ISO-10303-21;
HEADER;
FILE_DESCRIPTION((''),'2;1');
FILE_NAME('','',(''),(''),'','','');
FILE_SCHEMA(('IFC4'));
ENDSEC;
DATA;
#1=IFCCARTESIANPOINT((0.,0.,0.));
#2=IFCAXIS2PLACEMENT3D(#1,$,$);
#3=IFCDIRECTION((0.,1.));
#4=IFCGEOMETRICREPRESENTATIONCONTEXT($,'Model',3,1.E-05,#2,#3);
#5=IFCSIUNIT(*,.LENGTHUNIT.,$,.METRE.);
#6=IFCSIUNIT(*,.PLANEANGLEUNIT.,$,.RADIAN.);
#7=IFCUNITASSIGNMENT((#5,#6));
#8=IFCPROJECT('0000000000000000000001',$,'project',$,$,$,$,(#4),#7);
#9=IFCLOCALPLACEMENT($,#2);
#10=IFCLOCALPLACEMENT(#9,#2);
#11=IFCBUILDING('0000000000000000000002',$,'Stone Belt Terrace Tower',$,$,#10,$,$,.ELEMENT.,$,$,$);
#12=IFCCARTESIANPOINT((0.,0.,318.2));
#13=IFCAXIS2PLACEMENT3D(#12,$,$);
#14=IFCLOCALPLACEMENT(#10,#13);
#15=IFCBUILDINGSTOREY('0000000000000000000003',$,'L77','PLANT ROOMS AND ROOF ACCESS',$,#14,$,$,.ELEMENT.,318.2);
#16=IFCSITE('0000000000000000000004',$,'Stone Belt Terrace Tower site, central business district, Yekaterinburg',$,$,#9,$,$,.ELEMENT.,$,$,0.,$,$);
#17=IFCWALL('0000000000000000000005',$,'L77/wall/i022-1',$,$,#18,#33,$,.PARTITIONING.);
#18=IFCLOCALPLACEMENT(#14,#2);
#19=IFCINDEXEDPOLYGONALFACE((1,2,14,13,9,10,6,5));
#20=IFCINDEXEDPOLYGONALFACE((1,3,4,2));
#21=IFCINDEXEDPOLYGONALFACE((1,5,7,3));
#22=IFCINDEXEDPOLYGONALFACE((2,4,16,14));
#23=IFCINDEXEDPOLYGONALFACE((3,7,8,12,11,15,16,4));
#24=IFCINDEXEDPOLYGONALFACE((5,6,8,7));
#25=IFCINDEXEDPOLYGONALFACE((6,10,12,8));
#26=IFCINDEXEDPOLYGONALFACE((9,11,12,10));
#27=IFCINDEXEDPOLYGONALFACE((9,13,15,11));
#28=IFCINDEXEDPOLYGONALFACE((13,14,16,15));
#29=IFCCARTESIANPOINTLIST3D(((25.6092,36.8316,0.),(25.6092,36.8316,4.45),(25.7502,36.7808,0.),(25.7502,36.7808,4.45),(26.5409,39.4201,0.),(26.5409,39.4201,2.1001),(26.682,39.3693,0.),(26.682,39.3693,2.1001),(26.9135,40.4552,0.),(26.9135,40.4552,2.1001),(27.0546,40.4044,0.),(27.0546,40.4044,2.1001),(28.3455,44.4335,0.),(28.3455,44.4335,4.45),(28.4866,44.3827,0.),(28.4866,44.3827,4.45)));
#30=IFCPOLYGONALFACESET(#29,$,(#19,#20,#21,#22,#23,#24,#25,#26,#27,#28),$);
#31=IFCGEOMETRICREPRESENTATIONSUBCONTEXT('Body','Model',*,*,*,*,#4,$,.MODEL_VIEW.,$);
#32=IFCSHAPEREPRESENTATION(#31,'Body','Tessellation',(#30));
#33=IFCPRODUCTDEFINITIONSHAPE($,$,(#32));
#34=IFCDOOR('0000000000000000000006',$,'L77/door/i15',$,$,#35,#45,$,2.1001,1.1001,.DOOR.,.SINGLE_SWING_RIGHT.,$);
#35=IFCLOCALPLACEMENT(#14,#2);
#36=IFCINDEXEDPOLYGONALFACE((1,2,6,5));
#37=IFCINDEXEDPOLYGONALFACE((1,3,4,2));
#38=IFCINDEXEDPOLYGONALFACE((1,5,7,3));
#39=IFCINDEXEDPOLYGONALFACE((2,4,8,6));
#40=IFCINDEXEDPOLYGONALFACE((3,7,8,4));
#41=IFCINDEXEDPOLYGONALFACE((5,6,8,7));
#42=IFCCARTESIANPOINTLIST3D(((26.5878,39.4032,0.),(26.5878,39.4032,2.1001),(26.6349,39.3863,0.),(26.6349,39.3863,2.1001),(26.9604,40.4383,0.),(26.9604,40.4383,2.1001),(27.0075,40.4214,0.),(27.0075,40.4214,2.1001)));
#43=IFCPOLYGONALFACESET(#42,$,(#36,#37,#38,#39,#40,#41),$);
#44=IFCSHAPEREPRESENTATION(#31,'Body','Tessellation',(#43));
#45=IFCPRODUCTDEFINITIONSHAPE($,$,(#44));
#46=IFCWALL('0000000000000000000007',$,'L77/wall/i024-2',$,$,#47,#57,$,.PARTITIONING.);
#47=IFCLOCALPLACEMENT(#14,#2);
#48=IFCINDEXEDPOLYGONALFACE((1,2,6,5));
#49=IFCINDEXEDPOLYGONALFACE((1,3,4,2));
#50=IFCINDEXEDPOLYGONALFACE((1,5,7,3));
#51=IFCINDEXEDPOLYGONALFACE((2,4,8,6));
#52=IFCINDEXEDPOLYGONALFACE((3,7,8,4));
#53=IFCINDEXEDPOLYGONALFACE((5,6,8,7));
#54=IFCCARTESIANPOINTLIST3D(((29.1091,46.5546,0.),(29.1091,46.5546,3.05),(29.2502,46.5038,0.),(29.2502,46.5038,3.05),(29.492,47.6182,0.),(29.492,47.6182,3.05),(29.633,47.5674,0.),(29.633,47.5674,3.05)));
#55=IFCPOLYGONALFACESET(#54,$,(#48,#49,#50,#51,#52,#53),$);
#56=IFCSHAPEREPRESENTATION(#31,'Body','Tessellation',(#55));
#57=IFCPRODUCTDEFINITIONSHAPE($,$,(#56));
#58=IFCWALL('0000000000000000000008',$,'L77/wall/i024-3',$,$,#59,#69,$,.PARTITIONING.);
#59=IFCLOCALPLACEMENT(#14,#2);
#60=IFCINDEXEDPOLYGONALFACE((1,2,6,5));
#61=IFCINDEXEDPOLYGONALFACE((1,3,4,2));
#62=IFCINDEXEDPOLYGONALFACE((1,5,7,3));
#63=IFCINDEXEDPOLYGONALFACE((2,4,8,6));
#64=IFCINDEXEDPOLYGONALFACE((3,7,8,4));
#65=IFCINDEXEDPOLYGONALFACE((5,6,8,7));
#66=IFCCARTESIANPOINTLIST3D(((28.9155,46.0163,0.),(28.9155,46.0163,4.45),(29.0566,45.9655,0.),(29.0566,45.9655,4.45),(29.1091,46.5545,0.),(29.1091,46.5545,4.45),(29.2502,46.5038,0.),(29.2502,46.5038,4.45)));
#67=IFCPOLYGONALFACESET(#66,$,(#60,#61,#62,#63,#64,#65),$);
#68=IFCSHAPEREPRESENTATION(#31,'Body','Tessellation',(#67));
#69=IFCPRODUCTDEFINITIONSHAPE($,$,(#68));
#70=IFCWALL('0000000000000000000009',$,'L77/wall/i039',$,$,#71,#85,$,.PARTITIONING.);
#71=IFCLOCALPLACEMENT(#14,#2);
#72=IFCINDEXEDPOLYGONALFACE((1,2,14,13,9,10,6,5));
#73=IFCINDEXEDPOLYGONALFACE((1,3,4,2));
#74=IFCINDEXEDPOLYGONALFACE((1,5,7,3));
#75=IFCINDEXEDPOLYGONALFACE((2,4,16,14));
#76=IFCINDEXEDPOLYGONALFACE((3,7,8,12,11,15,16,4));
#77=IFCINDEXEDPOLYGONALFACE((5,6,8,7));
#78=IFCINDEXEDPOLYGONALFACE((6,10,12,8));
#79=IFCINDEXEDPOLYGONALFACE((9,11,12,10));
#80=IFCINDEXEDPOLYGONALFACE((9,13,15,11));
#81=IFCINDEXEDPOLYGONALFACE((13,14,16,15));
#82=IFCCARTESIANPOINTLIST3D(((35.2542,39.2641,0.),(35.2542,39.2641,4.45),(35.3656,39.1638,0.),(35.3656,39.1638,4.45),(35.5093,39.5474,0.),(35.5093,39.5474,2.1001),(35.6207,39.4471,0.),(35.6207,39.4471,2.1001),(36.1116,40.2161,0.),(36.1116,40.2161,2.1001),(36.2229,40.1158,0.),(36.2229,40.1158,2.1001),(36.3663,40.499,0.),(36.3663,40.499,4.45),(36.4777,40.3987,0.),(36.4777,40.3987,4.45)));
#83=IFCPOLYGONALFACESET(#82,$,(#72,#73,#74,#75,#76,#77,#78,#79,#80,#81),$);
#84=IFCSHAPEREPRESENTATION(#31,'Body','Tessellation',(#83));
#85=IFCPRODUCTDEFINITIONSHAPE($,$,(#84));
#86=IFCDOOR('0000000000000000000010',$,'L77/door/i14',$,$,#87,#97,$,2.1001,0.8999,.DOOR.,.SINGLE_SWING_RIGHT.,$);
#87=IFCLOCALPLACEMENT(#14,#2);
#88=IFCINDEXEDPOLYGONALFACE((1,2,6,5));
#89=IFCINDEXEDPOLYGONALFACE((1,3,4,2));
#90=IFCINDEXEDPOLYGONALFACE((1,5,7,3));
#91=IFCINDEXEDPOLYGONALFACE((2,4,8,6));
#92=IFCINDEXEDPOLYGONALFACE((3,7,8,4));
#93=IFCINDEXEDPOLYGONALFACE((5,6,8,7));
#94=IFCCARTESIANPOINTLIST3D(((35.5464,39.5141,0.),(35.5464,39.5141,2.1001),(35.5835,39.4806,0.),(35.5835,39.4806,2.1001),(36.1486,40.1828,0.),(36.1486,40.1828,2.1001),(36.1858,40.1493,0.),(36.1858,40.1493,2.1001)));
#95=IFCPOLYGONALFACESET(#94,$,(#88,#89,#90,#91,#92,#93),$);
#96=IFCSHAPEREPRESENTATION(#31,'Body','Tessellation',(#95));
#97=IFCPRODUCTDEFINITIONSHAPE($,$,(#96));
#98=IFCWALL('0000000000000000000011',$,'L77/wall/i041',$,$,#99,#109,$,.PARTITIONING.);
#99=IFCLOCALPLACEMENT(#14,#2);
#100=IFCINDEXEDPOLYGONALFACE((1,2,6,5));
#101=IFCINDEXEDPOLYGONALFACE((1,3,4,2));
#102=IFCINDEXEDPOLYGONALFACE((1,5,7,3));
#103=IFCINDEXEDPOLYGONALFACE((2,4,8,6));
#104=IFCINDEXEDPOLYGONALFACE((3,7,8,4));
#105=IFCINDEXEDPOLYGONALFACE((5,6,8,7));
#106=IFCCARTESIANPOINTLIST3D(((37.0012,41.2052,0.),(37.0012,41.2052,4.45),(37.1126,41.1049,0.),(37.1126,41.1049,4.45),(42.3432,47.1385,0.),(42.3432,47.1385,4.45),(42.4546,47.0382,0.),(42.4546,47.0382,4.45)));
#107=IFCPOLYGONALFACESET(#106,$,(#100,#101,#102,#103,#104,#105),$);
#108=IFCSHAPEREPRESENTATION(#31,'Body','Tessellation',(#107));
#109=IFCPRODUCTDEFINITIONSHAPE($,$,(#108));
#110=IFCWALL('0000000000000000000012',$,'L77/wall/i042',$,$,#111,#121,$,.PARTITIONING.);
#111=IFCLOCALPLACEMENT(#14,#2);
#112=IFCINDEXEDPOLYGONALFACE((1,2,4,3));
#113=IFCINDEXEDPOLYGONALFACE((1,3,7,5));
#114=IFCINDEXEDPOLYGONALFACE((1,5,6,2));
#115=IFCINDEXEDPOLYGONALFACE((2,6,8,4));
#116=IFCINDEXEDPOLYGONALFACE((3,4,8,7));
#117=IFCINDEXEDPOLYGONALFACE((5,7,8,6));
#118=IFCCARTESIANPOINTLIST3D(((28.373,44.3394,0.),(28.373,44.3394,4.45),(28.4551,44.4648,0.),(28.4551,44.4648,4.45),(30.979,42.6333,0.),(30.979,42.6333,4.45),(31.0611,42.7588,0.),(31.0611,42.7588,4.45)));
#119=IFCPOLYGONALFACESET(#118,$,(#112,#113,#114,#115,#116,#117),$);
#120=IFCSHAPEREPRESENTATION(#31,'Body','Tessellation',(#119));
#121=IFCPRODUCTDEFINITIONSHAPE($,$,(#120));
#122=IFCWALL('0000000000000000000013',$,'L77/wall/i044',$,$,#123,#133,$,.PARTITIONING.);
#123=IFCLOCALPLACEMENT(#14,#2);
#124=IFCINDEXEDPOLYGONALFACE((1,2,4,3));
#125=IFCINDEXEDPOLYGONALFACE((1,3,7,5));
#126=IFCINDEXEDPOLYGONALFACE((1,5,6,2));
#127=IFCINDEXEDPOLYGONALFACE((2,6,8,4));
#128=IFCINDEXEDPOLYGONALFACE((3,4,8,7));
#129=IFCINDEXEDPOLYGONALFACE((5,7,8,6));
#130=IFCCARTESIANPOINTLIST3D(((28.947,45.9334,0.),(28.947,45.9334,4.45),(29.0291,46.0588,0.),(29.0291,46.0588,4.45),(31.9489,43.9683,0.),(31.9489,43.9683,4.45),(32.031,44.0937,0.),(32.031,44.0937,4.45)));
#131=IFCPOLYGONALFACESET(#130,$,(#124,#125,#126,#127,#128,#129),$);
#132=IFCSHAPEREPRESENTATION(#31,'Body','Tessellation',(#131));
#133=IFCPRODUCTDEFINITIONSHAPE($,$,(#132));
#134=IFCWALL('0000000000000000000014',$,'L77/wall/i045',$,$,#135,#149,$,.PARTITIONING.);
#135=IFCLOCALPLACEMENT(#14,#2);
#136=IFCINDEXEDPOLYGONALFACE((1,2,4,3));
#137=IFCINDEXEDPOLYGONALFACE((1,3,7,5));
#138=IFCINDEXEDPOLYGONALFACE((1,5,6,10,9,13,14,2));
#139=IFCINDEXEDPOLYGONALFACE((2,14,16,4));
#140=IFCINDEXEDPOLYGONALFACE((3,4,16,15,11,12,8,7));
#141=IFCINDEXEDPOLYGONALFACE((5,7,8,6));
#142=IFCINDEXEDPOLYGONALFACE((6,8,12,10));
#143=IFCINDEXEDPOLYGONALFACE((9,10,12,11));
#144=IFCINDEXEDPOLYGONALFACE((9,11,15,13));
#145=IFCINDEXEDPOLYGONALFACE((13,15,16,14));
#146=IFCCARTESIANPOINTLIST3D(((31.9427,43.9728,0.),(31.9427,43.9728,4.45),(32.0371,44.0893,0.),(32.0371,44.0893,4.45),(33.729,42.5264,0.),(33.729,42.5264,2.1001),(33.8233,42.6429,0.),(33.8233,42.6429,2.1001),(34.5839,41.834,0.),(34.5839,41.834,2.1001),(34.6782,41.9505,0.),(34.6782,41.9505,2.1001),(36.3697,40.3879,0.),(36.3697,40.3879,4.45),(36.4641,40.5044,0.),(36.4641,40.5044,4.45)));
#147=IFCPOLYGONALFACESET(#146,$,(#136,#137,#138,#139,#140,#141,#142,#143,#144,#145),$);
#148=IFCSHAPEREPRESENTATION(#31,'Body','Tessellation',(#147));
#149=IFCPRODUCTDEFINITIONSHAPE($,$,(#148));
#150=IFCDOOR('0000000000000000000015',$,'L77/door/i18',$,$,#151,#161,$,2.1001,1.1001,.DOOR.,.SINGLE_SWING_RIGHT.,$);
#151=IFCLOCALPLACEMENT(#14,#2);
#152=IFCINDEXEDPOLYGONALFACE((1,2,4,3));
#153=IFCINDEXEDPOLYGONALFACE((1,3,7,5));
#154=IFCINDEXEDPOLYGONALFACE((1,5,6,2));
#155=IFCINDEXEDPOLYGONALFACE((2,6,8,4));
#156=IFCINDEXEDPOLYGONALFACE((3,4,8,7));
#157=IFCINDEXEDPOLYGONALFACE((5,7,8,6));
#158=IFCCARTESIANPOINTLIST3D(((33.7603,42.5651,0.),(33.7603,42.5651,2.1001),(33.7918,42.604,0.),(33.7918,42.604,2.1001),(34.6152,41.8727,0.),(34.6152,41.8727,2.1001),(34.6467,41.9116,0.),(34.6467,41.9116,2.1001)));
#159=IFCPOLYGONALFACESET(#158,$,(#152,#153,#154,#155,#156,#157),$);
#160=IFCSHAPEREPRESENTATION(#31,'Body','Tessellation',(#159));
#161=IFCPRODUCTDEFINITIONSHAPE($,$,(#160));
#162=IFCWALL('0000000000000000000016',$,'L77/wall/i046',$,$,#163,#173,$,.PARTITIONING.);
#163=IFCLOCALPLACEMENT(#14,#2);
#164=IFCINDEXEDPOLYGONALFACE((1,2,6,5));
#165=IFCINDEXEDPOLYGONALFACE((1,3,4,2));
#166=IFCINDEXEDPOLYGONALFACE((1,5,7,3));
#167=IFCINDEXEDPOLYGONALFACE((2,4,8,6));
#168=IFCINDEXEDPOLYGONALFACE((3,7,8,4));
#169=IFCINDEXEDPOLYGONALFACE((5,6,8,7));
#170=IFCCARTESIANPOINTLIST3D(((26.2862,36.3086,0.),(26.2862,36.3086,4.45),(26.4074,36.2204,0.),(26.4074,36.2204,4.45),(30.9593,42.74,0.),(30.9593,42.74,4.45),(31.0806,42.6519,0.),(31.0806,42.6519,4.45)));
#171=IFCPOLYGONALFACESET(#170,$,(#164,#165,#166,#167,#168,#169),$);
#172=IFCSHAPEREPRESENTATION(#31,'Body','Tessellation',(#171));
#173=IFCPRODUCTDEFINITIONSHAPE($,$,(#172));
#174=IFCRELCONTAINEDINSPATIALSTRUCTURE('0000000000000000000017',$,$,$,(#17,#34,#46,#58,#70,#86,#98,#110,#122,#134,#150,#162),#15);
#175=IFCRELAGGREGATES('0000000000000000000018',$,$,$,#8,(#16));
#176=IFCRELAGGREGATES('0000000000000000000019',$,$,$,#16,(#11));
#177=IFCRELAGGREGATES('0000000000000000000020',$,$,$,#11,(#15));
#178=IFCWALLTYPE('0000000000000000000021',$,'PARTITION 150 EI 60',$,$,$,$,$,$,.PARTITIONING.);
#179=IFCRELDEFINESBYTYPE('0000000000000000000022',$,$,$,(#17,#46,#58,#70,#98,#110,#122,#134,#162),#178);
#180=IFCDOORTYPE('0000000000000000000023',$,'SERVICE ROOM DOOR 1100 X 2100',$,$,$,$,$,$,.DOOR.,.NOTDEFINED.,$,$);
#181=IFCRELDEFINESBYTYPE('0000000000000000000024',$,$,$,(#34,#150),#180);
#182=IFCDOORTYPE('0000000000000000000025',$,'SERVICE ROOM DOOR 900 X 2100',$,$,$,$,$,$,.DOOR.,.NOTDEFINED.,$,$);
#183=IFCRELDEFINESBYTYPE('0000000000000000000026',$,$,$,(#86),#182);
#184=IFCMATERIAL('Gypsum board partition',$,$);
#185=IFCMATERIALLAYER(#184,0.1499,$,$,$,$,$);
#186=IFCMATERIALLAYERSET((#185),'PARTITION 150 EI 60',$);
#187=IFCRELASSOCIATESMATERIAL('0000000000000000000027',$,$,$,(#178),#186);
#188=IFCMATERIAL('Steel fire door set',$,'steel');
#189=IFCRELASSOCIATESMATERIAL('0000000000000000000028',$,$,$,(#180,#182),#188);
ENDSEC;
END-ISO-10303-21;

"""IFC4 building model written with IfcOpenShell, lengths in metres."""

from ifc_helpers import new_model, si_unit, direction, frame, frame_2d, origin, place, context, subcontext, project, spatial, rectangle, extrude, material, layer, layer_set, type_object, element, fill, save


model = new_model("IFC4")

# Units and contexts
model_context = context("Model", 3, precision=1e-05, world=origin(), true_north=direction((0.0, 1.0)))
body_context = subcontext(model_context, "Body", "Model", "MODEL_VIEW")
ifc_project = project(units=[si_unit("LENGTHUNIT", "METRE"), si_unit("PLANEANGLEUNIT", "RADIAN")], contexts=[model_context])

# Site, building, storey
site_placement = place(None, origin())
site = spatial("IfcSite", under=ifc_project, at=site_placement, Name="Stone Belt Terrace Tower site, central business district, Yekaterinburg", CompositionType="ELEMENT", RefElevation=0.0)
building_placement = place(site_placement, origin())
building = spatial("IfcBuilding", under=site, at=building_placement, Name="Stone Belt Terrace Tower", CompositionType="ELEMENT")
storey_placement = place(building_placement, frame((0.0, 0.0, 318.2)))
storey = spatial("IfcBuildingStorey", under=building, at=storey_placement, Name="L77", Description="PLANT ROOMS AND ROOF ACCESS", CompositionType="ELEMENT", Elevation=318.2)

# Wall, opening, door
ifc_material_1 = material(Name="Gypsum board partition")
ifc_layer_1 = layer(ifc_material_1, 0.1499)
ifc_layer_set_1 = layer_set([ifc_layer_1], Name="PARTITION 150 EI 60")
wall_type_1 = type_object("IfcWallType", Name="PARTITION 150 EI 60", PredefinedType="PARTITIONING", material=ifc_layer_set_1)
wall_1_placement = place(storey_placement, frame((28.416, 44.408, 0.0), z_axis=(0.0, 0.0, 1.0), x_axis=(-0.338684, -0.9409, 0.0)))
wall_1 = element("IfcWall", 1, at=wall_1_placement, inside=storey, type_object=wall_type_1, Name="L77/wall/i022-1", PredefinedType="PARTITIONING", context=body_context, shape_type="SweptSolid", body=[
    extrude(rectangle(XDim=8.0793, YDim=0.1499, at=frame_2d((4.0396, 0.0))), origin(), (0.0, 0.0, 1.0), 4.45),
])
opening_1_placement = place(wall_1_placement, frame((4.228, 0.0, 0.0)))
opening_1 = element("IfcOpeningElement", 2, at=opening_1_placement, cuts=wall_1, PredefinedType="OPENING", context=body_context, shape_type="SweptSolid", body=[
    extrude(rectangle(XDim=1.1001, YDim=2.1001, at=frame_2d((0.55, 1.05))), frame((0.0, 0.085, 0.0), z_axis=(0.0, -1.0, 0.0), x_axis=(1.0, 0.0, 0.0)), (0.0, 0.0, 1.0), 0.1699),
])
ifc_material_2 = material(Name="Steel fire door set", Category="steel")
door_type_1 = type_object("IfcDoorType", Name="SERVICE ROOM DOOR 1100 X 2100", OperationType="NOTDEFINED", PredefinedType="DOOR", material=ifc_material_2)
door_1_placement = place(opening_1_placement, origin())
door_1 = element("IfcDoor", 3, at=door_1_placement, inside=storey, type_object=door_type_1, Name="L77/door/i15", OperationType="SINGLE_SWING_RIGHT", OverallHeight=2.1001, OverallWidth=1.1001, PredefinedType="DOOR", context=body_context, shape_type="SweptSolid", body=[
    extrude(rectangle(XDim=1.1001, YDim=2.1001, at=frame_2d((0.55, 1.05))), frame((0.0, 0.0249, 0.0), z_axis=(0.0, -1.0, 0.0), x_axis=(1.0, 0.0, 0.0)), (0.0, 0.0, 1.0), 0.05),
])
fill(opening_1, door_1)

# Walls
wall_2_placement = place(storey_placement, frame((29.5625, 47.5928, 0.0), z_axis=(0.0, 0.0, 1.0), x_axis=(-0.338689, -0.940898, 0.0)))
element("IfcWall", 4, at=wall_2_placement, inside=storey, type_object=wall_type_1, Name="L77/wall/i024-2", PredefinedType="PARTITIONING", context=body_context, shape_type="SweptSolid", body=[
    extrude(rectangle(XDim=1.1304, YDim=0.1499, at=frame_2d((0.5652, 0.0))), origin(), (0.0, 0.0, 1.0), 3.05),
])
wall_3_placement = place(storey_placement, frame((29.1797, 46.5293, 0.0), z_axis=(0.0, 0.0, 1.0), x_axis=(-0.338417, -0.940996, 0.0)))
element("IfcWall", 5, at=wall_3_placement, inside=storey, type_object=wall_type_1, Name="L77/wall/i024-3", PredefinedType="PARTITIONING", context=body_context, shape_type="SweptSolid", body=[
    extrude(rectangle(XDim=0.572, YDim=0.1499, at=frame_2d((0.2861, 0.0))), origin(), (0.0, 0.0, 1.0), 4.45),
])

# Wall, opening, door
wall_4_placement = place(storey_placement, frame((36.4221, 40.449, 0.0), z_axis=(0.0, 0.0, 1.0), x_axis=(-0.669192, -0.74309, 0.0)))
wall_4 = element("IfcWall", 6, at=wall_4_placement, inside=storey, type_object=wall_type_1, Name="L77/wall/i039", PredefinedType="PARTITIONING", context=body_context, shape_type="SweptSolid", body=[
    extrude(rectangle(XDim=1.6619, YDim=0.1499, at=frame_2d((0.8311, 0.0))), origin(), (0.0, 0.0, 1.0), 4.45),
])
opening_2_placement = place(wall_4_placement, frame((0.3809, 0.0, 0.0)))
opening_2 = element("IfcOpeningElement", 7, at=opening_2_placement, cuts=wall_4, PredefinedType="OPENING", context=body_context, shape_type="SweptSolid", body=[
    extrude(rectangle(XDim=0.8999, YDim=2.1001, at=frame_2d((0.45, 1.05))), frame((0.0, 0.085, 0.0), z_axis=(0.0, -1.0, 0.0), x_axis=(1.0, 0.0, 0.0)), (0.0, 0.0, 1.0), 0.1699),
])
door_type_2 = type_object("IfcDoorType", Name="SERVICE ROOM DOOR 900 X 2100", OperationType="NOTDEFINED", PredefinedType="DOOR", material=ifc_material_2)
door_2_placement = place(opening_2_placement, origin())
door_2 = element("IfcDoor", 8, at=door_2_placement, inside=storey, type_object=door_type_2, Name="L77/door/i14", OperationType="SINGLE_SWING_RIGHT", OverallHeight=2.1001, OverallWidth=0.8999, PredefinedType="DOOR", context=body_context, shape_type="SweptSolid", body=[
    extrude(rectangle(XDim=0.8999, YDim=2.1001, at=frame_2d((0.45, 1.05))), frame((0.0, 0.0249, 0.0), z_axis=(0.0, -1.0, 0.0), x_axis=(1.0, 0.0, 0.0)), (0.0, 0.0, 1.0), 0.05),
])
fill(opening_2, door_2)

# Walls
wall_5_placement = place(storey_placement, frame((37.0569, 41.155, 0.0), z_axis=(0.0, 0.0, 1.0), x_axis=(0.669105, 0.743168, 0.0)))
element("IfcWall", 9, at=wall_5_placement, inside=storey, type_object=wall_type_1, Name="L77/wall/i041", PredefinedType="PARTITIONING", context=body_context, shape_type="SweptSolid", body=[
    extrude(rectangle(XDim=7.9839, YDim=0.1499, at=frame_2d((3.9919, 0.0))), origin(), (0.0, 0.0, 1.0), 4.45),
])
wall_6_placement = place(storey_placement, frame((31.02, 42.696, 0.0), z_axis=(0.0, 0.0, 1.0), x_axis=(-0.836652, 0.547735, 0.0)))
element("IfcWall", 10, at=wall_6_placement, inside=storey, type_object=wall_type_1, Name="L77/wall/i042", PredefinedType="PARTITIONING", context=body_context, shape_type="SweptSolid", body=[
    extrude(rectangle(XDim=3.1147, YDim=0.1499, at=frame_2d((1.5574, 0.0))), origin(), (0.0, 0.0, 1.0), 4.45),
])
wall_7_placement = place(storey_placement, frame((28.988, 45.9961, 0.0), z_axis=(0.0, 0.0, 1.0), x_axis=(0.836679, -0.547693, 0.0)))
element("IfcWall", 11, at=wall_7_placement, inside=storey, type_object=wall_type_1, Name="L77/wall/i044", PredefinedType="PARTITIONING", context=body_context, shape_type="SweptSolid", body=[
    extrude(rectangle(XDim=3.5879, YDim=0.1499, at=frame_2d((1.7939, 0.0))), origin(), (0.0, 0.0, 1.0), 4.45),
])

# Wall, opening, door
wall_8_placement = place(storey_placement, frame((31.99, 44.031, 0.0), z_axis=(0.0, 0.0, 1.0), x_axis=(0.777142, -0.629325, 0.0)))
wall_8 = element("IfcWall", 12, at=wall_8_placement, inside=storey, type_object=wall_type_1, Name="L77/wall/i045", PredefinedType="PARTITIONING", context=body_context, shape_type="SweptSolid", body=[
    extrude(rectangle(XDim=5.6965, YDim=0.1499, at=frame_2d((2.8481, 0.0))), origin(), (0.0, 0.0, 1.0), 4.45),
])
opening_3_placement = place(wall_8_placement, frame((2.2983, 0.0, 0.0)))
opening_3 = element("IfcOpeningElement", 13, at=opening_3_placement, cuts=wall_8, PredefinedType="OPENING", context=body_context, shape_type="SweptSolid", body=[
    extrude(rectangle(XDim=1.1001, YDim=2.1001, at=frame_2d((0.55, 1.05))), frame((0.0, 0.085, 0.0), z_axis=(0.0, -1.0, 0.0), x_axis=(1.0, 0.0, 0.0)), (0.0, 0.0, 1.0), 0.1699),
])
door_3_placement = place(opening_3_placement, origin())
door_3 = element("IfcDoor", 14, at=door_3_placement, inside=storey, type_object=door_type_1, Name="L77/door/i18", OperationType="SINGLE_SWING_RIGHT", OverallHeight=2.1001, OverallWidth=1.1001, PredefinedType="DOOR", context=body_context, shape_type="SweptSolid", body=[
    extrude(rectangle(XDim=1.1001, YDim=2.1001, at=frame_2d((0.55, 1.05))), frame((0.0, 0.0249, 0.0), z_axis=(0.0, -1.0, 0.0), x_axis=(1.0, 0.0, 0.0)), (0.0, 0.0, 1.0), 0.05),
])
fill(opening_3, door_3)

# Wall
wall_9_placement = place(storey_placement, frame((31.02, 42.696, 0.0), z_axis=(0.0, 0.0, 1.0), x_axis=(-0.587819, -0.808992, 0.0)))
element("IfcWall", 15, at=wall_9_placement, inside=storey, type_object=wall_type_1, Name="L77/wall/i046", PredefinedType="PARTITIONING", context=body_context, shape_type="SweptSolid", body=[
    extrude(rectangle(XDim=7.95, YDim=0.1499, at=frame_2d((3.9751, 0.0))), origin(), (0.0, 0.0, 1.0), 4.45),
])

save(model, "model.ifc")
